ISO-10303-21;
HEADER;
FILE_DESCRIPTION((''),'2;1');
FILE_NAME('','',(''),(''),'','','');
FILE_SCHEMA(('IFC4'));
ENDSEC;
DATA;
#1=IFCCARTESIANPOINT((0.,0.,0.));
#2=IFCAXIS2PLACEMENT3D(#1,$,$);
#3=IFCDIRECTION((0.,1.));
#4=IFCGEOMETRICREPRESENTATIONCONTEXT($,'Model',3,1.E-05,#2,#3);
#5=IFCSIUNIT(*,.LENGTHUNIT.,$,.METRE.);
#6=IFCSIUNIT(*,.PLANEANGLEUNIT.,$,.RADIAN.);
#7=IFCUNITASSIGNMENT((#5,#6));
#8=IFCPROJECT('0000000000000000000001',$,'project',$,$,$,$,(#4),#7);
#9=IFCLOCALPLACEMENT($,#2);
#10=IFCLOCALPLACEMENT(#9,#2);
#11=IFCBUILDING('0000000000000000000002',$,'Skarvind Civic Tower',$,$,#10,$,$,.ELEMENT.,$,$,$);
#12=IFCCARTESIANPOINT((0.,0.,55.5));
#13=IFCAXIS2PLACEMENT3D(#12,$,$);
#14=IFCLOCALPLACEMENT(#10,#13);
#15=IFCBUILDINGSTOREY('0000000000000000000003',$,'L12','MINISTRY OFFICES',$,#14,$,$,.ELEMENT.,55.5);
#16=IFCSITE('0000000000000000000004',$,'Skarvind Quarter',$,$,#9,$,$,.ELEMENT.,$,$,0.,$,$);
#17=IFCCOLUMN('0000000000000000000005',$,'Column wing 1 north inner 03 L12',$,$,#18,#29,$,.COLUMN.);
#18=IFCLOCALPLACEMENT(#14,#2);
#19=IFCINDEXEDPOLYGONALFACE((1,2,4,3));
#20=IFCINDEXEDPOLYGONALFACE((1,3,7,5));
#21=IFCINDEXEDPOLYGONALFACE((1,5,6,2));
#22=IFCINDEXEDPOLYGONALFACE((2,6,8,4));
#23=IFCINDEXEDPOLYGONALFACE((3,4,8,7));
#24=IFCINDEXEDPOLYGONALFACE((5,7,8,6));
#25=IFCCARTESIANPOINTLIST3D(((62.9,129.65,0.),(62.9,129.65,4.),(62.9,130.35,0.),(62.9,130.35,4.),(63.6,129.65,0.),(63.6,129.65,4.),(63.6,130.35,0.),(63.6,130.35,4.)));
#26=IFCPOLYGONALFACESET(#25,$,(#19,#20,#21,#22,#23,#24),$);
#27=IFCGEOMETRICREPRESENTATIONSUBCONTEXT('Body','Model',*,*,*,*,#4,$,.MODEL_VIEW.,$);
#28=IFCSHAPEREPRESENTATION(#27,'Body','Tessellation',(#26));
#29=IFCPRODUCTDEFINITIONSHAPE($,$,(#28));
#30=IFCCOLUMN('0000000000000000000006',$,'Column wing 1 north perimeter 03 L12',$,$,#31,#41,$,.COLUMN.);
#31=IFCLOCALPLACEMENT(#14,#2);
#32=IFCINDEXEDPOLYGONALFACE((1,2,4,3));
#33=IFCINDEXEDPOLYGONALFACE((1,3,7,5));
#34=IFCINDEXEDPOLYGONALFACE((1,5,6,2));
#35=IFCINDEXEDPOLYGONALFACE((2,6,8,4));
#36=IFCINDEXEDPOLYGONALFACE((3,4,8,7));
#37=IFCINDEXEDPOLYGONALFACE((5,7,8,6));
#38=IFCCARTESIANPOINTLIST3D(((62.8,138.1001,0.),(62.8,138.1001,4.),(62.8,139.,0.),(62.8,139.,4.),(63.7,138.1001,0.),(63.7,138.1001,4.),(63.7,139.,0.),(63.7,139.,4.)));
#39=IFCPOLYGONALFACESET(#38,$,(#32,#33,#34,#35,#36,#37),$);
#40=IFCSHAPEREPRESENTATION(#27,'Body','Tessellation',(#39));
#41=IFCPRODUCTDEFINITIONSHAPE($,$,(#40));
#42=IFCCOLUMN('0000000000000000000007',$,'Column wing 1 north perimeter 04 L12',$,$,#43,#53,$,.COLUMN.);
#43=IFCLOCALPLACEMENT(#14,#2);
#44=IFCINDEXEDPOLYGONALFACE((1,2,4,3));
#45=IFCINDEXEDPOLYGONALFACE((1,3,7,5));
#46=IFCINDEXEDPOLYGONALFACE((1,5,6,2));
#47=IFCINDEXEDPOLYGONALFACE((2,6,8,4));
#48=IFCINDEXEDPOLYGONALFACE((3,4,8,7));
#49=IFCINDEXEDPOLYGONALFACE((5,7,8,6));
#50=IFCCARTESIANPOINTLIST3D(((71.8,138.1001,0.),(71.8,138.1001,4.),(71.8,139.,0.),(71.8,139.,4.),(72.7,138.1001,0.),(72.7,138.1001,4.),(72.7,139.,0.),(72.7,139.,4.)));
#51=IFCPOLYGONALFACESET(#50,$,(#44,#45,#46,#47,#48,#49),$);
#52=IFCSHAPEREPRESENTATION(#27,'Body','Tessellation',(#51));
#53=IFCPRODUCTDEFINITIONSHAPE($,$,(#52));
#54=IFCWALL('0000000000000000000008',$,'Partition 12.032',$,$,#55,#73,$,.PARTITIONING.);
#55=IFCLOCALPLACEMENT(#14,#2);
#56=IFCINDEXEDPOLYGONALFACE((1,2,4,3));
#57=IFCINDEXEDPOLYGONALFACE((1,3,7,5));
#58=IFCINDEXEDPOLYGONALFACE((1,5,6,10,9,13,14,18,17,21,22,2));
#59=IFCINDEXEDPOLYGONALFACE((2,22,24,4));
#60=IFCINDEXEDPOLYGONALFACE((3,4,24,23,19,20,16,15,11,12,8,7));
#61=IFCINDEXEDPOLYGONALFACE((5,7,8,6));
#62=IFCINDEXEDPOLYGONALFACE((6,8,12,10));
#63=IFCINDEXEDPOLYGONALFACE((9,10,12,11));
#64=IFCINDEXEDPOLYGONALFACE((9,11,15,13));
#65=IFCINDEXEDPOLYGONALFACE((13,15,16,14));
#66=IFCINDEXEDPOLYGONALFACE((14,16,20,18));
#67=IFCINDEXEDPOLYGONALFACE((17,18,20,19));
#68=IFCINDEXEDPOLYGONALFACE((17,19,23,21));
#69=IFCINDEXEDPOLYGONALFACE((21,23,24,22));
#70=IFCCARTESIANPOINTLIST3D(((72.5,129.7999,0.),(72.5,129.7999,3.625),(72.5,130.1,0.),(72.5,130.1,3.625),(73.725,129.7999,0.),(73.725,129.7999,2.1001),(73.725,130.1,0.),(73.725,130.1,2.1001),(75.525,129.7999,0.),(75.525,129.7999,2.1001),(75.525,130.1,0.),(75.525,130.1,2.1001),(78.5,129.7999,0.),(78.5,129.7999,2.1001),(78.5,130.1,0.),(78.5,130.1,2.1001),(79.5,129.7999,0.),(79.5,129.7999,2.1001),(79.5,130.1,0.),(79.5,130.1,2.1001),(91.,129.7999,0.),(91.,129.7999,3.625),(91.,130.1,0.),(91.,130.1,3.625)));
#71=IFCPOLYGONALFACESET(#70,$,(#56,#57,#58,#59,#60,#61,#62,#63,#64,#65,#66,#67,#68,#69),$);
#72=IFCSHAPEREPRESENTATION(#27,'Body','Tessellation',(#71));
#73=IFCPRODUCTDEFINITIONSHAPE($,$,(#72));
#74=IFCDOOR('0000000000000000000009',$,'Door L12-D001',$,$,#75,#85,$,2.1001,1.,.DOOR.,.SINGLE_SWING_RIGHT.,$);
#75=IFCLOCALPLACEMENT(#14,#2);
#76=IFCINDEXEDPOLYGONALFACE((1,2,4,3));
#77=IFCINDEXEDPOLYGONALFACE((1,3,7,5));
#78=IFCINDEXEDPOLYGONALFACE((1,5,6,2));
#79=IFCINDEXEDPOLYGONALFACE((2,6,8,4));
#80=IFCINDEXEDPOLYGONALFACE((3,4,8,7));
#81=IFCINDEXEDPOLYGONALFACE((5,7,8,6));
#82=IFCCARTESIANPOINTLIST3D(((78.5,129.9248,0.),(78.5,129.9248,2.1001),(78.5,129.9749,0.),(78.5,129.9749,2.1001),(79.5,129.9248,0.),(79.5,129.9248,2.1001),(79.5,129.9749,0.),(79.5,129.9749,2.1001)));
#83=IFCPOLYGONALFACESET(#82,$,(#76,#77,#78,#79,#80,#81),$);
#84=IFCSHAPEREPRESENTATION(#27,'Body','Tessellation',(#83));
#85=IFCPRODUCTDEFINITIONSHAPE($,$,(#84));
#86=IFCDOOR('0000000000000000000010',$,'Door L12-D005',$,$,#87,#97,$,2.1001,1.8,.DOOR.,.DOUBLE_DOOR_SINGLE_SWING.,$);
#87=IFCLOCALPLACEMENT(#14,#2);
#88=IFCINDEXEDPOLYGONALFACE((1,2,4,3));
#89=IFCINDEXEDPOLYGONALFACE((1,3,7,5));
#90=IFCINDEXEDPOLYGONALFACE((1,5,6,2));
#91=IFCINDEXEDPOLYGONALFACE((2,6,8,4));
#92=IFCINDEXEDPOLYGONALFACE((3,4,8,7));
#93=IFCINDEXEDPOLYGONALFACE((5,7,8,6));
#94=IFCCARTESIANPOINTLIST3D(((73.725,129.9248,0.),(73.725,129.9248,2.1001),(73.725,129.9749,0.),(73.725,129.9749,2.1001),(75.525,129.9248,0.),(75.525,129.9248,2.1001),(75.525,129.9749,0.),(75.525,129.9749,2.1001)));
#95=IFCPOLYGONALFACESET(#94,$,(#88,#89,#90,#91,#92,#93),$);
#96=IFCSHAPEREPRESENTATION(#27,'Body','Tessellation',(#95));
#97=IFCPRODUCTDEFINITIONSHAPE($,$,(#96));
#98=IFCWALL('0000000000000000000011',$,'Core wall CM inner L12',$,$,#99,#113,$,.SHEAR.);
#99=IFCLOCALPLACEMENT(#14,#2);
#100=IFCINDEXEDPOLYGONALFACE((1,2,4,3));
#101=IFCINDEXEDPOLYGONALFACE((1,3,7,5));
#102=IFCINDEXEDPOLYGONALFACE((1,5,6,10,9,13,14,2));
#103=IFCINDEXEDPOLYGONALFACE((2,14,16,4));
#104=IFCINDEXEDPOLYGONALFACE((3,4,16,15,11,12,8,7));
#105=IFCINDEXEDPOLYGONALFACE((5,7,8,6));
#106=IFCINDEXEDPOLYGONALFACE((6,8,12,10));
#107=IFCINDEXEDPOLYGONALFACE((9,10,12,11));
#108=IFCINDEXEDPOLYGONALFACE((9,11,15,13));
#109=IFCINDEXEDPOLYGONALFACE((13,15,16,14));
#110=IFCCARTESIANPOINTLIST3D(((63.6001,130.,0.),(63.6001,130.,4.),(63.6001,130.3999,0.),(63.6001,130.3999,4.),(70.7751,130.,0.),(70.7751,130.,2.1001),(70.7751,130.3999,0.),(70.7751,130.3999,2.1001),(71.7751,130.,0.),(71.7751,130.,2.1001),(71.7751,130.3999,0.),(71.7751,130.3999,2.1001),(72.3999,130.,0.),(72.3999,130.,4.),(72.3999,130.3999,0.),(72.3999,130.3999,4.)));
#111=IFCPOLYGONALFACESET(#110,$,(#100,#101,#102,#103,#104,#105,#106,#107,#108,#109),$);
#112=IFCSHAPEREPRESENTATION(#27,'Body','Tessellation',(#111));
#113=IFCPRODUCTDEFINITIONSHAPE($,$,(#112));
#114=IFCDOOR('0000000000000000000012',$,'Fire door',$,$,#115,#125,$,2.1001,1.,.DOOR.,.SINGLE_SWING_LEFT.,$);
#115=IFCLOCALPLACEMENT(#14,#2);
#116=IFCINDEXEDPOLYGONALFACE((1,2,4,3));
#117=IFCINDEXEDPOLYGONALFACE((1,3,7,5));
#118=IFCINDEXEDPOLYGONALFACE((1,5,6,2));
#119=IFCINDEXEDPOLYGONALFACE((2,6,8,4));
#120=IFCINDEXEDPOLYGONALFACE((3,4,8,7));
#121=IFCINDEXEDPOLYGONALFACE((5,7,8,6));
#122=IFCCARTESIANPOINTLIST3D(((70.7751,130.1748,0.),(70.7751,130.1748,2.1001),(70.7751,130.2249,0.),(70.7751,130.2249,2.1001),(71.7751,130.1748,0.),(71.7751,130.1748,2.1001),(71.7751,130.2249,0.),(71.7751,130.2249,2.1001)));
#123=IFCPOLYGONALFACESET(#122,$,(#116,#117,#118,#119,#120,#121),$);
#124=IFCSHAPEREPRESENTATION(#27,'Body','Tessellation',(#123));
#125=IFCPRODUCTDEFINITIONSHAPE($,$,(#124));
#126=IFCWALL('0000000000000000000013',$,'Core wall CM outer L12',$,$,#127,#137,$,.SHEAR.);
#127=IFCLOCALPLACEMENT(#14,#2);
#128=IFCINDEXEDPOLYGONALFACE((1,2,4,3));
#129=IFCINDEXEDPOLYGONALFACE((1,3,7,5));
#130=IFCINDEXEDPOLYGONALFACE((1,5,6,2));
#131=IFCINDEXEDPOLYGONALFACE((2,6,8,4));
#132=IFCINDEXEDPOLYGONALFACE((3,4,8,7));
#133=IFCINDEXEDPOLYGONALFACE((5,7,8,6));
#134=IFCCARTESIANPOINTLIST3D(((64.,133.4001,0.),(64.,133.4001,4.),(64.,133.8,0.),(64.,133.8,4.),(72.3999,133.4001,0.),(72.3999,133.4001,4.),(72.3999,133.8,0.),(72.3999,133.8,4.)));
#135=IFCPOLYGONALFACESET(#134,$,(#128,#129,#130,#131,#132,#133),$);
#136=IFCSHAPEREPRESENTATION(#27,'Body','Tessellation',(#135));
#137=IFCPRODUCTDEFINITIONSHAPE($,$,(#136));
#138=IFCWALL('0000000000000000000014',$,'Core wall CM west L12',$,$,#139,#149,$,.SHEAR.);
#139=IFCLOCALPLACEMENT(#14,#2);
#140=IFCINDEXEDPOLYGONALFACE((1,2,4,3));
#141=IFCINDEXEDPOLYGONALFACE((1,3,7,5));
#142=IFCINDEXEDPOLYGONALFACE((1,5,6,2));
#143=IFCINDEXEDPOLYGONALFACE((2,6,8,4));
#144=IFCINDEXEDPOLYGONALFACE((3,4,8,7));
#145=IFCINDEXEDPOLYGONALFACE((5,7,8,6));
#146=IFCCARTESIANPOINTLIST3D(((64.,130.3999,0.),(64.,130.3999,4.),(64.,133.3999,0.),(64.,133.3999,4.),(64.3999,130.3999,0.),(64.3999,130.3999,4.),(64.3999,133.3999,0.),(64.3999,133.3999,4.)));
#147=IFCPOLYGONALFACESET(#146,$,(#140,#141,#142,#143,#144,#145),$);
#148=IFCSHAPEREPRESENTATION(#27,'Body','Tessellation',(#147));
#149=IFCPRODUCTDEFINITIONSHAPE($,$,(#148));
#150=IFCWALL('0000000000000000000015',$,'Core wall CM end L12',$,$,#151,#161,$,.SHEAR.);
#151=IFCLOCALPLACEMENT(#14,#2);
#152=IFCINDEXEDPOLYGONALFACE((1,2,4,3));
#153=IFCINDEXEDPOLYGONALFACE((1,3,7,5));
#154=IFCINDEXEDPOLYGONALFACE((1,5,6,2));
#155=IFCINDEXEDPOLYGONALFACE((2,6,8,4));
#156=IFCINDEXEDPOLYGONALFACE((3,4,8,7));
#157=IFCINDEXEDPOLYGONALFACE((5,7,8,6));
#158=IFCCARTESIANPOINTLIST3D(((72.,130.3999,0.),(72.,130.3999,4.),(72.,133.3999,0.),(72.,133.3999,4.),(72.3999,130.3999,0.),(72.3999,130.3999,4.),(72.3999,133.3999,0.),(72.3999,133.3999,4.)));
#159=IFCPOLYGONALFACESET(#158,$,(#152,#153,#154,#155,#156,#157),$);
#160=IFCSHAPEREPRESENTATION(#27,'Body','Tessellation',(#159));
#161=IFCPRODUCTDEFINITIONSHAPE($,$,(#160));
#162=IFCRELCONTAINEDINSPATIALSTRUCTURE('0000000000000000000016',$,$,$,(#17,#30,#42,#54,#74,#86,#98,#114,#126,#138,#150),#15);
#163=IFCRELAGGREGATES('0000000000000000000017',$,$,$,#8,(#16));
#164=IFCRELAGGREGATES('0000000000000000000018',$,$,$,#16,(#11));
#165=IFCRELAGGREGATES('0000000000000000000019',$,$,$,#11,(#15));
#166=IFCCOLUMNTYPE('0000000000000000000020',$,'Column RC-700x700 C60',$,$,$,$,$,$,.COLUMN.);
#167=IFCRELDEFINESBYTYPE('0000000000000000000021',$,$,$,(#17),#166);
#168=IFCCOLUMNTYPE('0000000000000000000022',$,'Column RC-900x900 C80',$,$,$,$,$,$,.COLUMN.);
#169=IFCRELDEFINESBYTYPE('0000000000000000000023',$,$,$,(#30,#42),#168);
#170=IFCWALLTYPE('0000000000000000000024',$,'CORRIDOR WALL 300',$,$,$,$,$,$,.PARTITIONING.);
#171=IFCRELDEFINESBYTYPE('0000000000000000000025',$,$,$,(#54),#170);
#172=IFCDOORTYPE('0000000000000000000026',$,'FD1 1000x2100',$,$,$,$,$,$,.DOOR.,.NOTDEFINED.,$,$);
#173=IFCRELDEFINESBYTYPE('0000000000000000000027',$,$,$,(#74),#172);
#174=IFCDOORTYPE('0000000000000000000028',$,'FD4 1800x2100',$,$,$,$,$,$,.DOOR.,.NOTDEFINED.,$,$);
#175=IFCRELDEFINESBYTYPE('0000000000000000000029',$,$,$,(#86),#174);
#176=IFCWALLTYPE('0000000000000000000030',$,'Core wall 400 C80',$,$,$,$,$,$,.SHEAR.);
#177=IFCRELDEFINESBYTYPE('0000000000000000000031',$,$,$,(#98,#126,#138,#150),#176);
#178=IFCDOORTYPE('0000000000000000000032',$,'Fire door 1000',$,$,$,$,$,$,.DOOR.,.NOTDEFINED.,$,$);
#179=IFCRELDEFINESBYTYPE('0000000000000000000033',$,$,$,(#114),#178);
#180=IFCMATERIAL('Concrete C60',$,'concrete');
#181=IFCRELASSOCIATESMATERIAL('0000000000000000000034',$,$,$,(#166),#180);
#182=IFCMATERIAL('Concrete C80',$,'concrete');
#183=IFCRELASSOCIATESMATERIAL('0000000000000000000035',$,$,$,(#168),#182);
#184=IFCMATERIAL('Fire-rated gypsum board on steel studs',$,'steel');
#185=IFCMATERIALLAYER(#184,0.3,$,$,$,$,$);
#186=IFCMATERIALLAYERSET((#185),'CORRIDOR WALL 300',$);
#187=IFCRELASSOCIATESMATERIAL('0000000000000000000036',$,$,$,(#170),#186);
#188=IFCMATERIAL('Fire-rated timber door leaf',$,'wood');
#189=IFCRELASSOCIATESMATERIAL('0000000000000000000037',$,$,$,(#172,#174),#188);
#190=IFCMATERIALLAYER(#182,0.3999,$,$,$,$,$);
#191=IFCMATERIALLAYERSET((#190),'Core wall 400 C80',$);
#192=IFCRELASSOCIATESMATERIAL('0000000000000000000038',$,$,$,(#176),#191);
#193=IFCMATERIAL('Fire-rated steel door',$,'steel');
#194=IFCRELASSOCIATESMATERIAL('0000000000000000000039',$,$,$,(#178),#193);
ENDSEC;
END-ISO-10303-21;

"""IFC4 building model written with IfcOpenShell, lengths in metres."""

from ifc_helpers import new_model, si_unit, direction, frame, frame_2d, origin, origin_2d, place, context, subcontext, project, spatial, rectangle, extrude, material, layer, layer_set, material_profile, profile_set, type_object, element, fill, save


model = new_model("IFC4")

# Units and contexts
model_context = context("Model", 3, precision=1e-05, world=origin(), true_north=direction((0.0, 1.0)))
body_context = subcontext(model_context, "Body", "Model", "MODEL_VIEW")
ifc_project = project(units=[si_unit("LENGTHUNIT", "METRE"), si_unit("PLANEANGLEUNIT", "RADIAN")], contexts=[model_context])

# Site, building, storey
site_placement = place(None, origin())
site = spatial("IfcSite", under=ifc_project, at=site_placement, Name="Skarvind Quarter", CompositionType="ELEMENT", RefElevation=0.0)
building_placement = place(site_placement, origin())
building = spatial("IfcBuilding", under=site, at=building_placement, Name="Skarvind Civic Tower", CompositionType="ELEMENT")
storey_placement = place(building_placement, frame((0.0, 0.0, 55.5)))
storey = spatial("IfcBuildingStorey", under=building, at=storey_placement, Name="L12", Description="MINISTRY OFFICES", CompositionType="ELEMENT", Elevation=55.5)

# Columns
ifc_material_1 = material(Name="Concrete C60", Category="concrete")
ifc_material_profile_1 = material_profile(ifc_material_1, rectangle(XDim=0.7, YDim=0.7, at=origin_2d()), Name="RC-700x700")
ifc_profile_set_1 = profile_set([ifc_material_profile_1], Name="Concrete C60")
column_type_1 = type_object("IfcColumnType", Name="Column RC-700x700 C60", PredefinedType="COLUMN", material=ifc_profile_set_1)
column_placement = place(storey_placement, frame((63.25, 130.0, 0.0), z_axis=(0.0, 0.0, 1.0), x_axis=(1.0, 0.0, 0.0)))
element("IfcColumn", 1, at=column_placement, inside=storey, type_object=column_type_1, Name="Column wing 1 north inner 03 L12", PredefinedType="COLUMN", context=body_context, shape_type="SweptSolid", body=[
    extrude(rectangle(XDim=0.7, YDim=0.7, at=origin_2d()), origin(), (0.0, 0.0, 1.0), 4.0),
])
ifc_material_2 = material(Name="Concrete C80", Category="concrete")
ifc_material_profile_2 = material_profile(ifc_material_2, rectangle(XDim=0.8999, YDim=0.8999, at=origin_2d()), Name="RC-900x900")
ifc_profile_set_2 = profile_set([ifc_material_profile_2], Name="Concrete C80")
column_type_2 = type_object("IfcColumnType", Name="Column RC-900x900 C80", PredefinedType="COLUMN", material=ifc_profile_set_2)
for number, where, z_axis, x_axis, name in (
    (2, (63.25, 138.55, 0.0), (0.0, 0.0, 1.0), (1.0, 0.0, 0.0), "Column wing 1 north perimeter 03 L12"),
    (3, (72.25, 138.55, 0.0), (0.0, 0.0, 1.0), (1.0, 0.0, 0.0), "Column wing 1 north perimeter 04 L12"),
):
    element("IfcColumn", number, at=place(storey_placement, frame(where, z_axis=z_axis, x_axis=x_axis)), inside=storey, type_object=column_type_2, Name=name, PredefinedType="COLUMN", context=body_context, shape_type="SweptSolid", body=[
        extrude(rectangle(XDim=0.8999, YDim=0.8999, at=origin_2d()), origin(), (0.0, 0.0, 1.0), 4.0),
    ])

# Wall, openings, doors
ifc_material_3 = material(Name="Fire-rated gypsum board on steel studs", Category="steel")
ifc_layer_1 = layer(ifc_material_3, 0.3)
ifc_layer_set_1 = layer_set([ifc_layer_1], Name="CORRIDOR WALL 300")
wall_type_1 = type_object("IfcWallType", Name="CORRIDOR WALL 300", PredefinedType="PARTITIONING", material=ifc_layer_set_1)
wall_1_placement = place(storey_placement, frame((72.5, 129.95, 0.0), z_axis=(0.0, 0.0, 1.0), x_axis=(1.0, 0.0, 0.0)))
wall_1 = element("IfcWall", 4, at=wall_1_placement, inside=storey, type_object=wall_type_1, Name="Partition 12.032", PredefinedType="PARTITIONING", context=body_context, shape_type="SweptSolid", body=[
    extrude(rectangle(XDim=18.5, YDim=0.3, at=frame_2d((9.25, 0.0))), origin(), (0.0, 0.0, 1.0), 3.625),
])
opening_1_placement = place(wall_1_placement, frame((6.0, 0.0, 0.0)))
opening_1 = element("IfcOpeningElement", 5, at=opening_1_placement, cuts=wall_1, PredefinedType="OPENING", context=body_context, shape_type="SweptSolid", body=[
    extrude(rectangle(XDim=1.0, YDim=2.1001, at=frame_2d((0.5, 1.05))), frame((0.0, 0.1599, 0.0), z_axis=(0.0, -1.0, 0.0), x_axis=(1.0, 0.0, 0.0)), (0.0, 0.0, 1.0), 0.3201),
])
opening_2_placement = place(wall_1_placement, frame((1.2251, 0.0, 0.0)))
opening_2 = element("IfcOpeningElement", 6, at=opening_2_placement, cuts=wall_1, PredefinedType="OPENING", context=body_context, shape_type="SweptSolid", body=[
    extrude(rectangle(XDim=1.8, YDim=2.1001, at=frame_2d((0.8999, 1.05))), frame((0.0, 0.1599, 0.0), z_axis=(0.0, -1.0, 0.0), x_axis=(1.0, 0.0, 0.0)), (0.0, 0.0, 1.0), 0.3201),
])
ifc_material_4 = material(Name="Fire-rated timber door leaf", Category="wood")
door_type_1 = type_object("IfcDoorType", Name="FD1 1000x2100", OperationType="NOTDEFINED", PredefinedType="DOOR", material=ifc_material_4)
door_1_placement = place(opening_1_placement, origin())
door_1 = element("IfcDoor", 7, at=door_1_placement, inside=storey, type_object=door_type_1, Name="Door L12-D001", OperationType="SINGLE_SWING_RIGHT", OverallHeight=2.1001, OverallWidth=1.0, PredefinedType="DOOR", context=body_context, shape_type="SweptSolid", body=[
    extrude(rectangle(XDim=1.0, YDim=2.1001, at=frame_2d((0.5, 1.05))), frame((0.0, 0.0249, 0.0), z_axis=(0.0, -1.0, 0.0), x_axis=(1.0, 0.0, 0.0)), (0.0, 0.0, 1.0), 0.05),
])
fill(opening_1, door_1)
door_type_2 = type_object("IfcDoorType", Name="FD4 1800x2100", OperationType="NOTDEFINED", PredefinedType="DOOR", material=ifc_material_4)
door_2_placement = place(opening_2_placement, origin())
door_2 = element("IfcDoor", 8, at=door_2_placement, inside=storey, type_object=door_type_2, Name="Door L12-D005", OperationType="DOUBLE_DOOR_SINGLE_SWING", OverallHeight=2.1001, OverallWidth=1.8, PredefinedType="DOOR", context=body_context, shape_type="SweptSolid", body=[
    extrude(rectangle(XDim=1.8, YDim=2.1001, at=frame_2d((0.8999, 1.05))), frame((0.0, 0.0249, 0.0), z_axis=(0.0, -1.0, 0.0), x_axis=(1.0, 0.0, 0.0)), (0.0, 0.0, 1.0), 0.05),
])
fill(opening_2, door_2)

# Wall, opening, door
ifc_layer_2 = layer(ifc_material_2, 0.3999)
ifc_layer_set_2 = layer_set([ifc_layer_2], Name="Core wall 400 C80")
wall_type_2 = type_object("IfcWallType", Name="Core wall 400 C80", PredefinedType="SHEAR", material=ifc_layer_set_2)
wall_2_placement = place(storey_placement, frame((63.6001, 130.2, 0.0), z_axis=(0.0, 0.0, 1.0), x_axis=(1.0, 0.0, 0.0)))
wall_2 = element("IfcWall", 9, at=wall_2_placement, inside=storey, type_object=wall_type_2, Name="Core wall CM inner L12", PredefinedType="SHEAR", context=body_context, shape_type="SweptSolid", body=[
    extrude(rectangle(XDim=8.7998, YDim=0.3999, at=frame_2d((4.3999, 0.0))), origin(), (0.0, 0.0, 1.0), 4.0),
])
opening_3_placement = place(wall_2_placement, frame((7.175, 0.0, 0.0)))
opening_3 = element("IfcOpeningElement", 10, at=opening_3_placement, cuts=wall_2, PredefinedType="OPENING", context=body_context, shape_type="SweptSolid", body=[
    extrude(rectangle(XDim=1.0, YDim=2.1001, at=frame_2d((0.5, 1.05))), frame((0.0, 0.21, 0.0), z_axis=(0.0, -1.0, 0.0), x_axis=(1.0, 0.0, 0.0)), (0.0, 0.0, 1.0), 0.4199),
])
ifc_material_5 = material(Name="Fire-rated steel door", Category="steel")
door_type_3 = type_object("IfcDoorType", Name="Fire door 1000", OperationType="NOTDEFINED", PredefinedType="DOOR", material=ifc_material_5)
door_3_placement = place(opening_3_placement, origin())
door_3 = element("IfcDoor", 11, at=door_3_placement, inside=storey, type_object=door_type_3, Name="Fire door", OperationType="SINGLE_SWING_LEFT", OverallHeight=2.1001, OverallWidth=1.0, PredefinedType="DOOR", context=body_context, shape_type="SweptSolid", body=[
    extrude(rectangle(XDim=1.0, YDim=2.1001, at=frame_2d((0.5, 1.05))), frame((0.0, 0.0249, 0.0), z_axis=(0.0, -1.0, 0.0), x_axis=(1.0, 0.0, 0.0)), (0.0, 0.0, 1.0), 0.05),
])
fill(opening_3, door_3)

# Walls
wall_3_placement = place(storey_placement, frame((64.0, 133.6001, 0.0), z_axis=(0.0, 0.0, 1.0), x_axis=(1.0, 0.0, 0.0)))
element("IfcWall", 12, at=wall_3_placement, inside=storey, type_object=wall_type_2, Name="Core wall CM outer L12", PredefinedType="SHEAR", context=body_context, shape_type="SweptSolid", body=[
    extrude(rectangle(XDim=8.3999, YDim=0.3999, at=frame_2d((4.2, 0.0))), origin(), (0.0, 0.0, 1.0), 4.0),
])
for number, where, z_axis, x_axis, name in (
    (13, (64.2, 130.3999, 0.0), (0.0, 0.0, 1.0), (0.0, 1.0, 0.0), "Core wall CM west L12"),
    (14, (72.2, 130.3999, 0.0), (0.0, 0.0, 1.0), (0.0, 1.0, 0.0), "Core wall CM end L12"),
):
    element("IfcWall", number, at=place(storey_placement, frame(where, z_axis=z_axis, x_axis=x_axis)), inside=storey, type_object=wall_type_2, Name=name, PredefinedType="SHEAR", context=body_context, shape_type="SweptSolid", body=[
        extrude(rectangle(XDim=3.0, YDim=0.3999, at=frame_2d((1.5, 0.0))), origin(), (0.0, 0.0, 1.0), 4.0),
    ])

save(model, "model.ifc")
